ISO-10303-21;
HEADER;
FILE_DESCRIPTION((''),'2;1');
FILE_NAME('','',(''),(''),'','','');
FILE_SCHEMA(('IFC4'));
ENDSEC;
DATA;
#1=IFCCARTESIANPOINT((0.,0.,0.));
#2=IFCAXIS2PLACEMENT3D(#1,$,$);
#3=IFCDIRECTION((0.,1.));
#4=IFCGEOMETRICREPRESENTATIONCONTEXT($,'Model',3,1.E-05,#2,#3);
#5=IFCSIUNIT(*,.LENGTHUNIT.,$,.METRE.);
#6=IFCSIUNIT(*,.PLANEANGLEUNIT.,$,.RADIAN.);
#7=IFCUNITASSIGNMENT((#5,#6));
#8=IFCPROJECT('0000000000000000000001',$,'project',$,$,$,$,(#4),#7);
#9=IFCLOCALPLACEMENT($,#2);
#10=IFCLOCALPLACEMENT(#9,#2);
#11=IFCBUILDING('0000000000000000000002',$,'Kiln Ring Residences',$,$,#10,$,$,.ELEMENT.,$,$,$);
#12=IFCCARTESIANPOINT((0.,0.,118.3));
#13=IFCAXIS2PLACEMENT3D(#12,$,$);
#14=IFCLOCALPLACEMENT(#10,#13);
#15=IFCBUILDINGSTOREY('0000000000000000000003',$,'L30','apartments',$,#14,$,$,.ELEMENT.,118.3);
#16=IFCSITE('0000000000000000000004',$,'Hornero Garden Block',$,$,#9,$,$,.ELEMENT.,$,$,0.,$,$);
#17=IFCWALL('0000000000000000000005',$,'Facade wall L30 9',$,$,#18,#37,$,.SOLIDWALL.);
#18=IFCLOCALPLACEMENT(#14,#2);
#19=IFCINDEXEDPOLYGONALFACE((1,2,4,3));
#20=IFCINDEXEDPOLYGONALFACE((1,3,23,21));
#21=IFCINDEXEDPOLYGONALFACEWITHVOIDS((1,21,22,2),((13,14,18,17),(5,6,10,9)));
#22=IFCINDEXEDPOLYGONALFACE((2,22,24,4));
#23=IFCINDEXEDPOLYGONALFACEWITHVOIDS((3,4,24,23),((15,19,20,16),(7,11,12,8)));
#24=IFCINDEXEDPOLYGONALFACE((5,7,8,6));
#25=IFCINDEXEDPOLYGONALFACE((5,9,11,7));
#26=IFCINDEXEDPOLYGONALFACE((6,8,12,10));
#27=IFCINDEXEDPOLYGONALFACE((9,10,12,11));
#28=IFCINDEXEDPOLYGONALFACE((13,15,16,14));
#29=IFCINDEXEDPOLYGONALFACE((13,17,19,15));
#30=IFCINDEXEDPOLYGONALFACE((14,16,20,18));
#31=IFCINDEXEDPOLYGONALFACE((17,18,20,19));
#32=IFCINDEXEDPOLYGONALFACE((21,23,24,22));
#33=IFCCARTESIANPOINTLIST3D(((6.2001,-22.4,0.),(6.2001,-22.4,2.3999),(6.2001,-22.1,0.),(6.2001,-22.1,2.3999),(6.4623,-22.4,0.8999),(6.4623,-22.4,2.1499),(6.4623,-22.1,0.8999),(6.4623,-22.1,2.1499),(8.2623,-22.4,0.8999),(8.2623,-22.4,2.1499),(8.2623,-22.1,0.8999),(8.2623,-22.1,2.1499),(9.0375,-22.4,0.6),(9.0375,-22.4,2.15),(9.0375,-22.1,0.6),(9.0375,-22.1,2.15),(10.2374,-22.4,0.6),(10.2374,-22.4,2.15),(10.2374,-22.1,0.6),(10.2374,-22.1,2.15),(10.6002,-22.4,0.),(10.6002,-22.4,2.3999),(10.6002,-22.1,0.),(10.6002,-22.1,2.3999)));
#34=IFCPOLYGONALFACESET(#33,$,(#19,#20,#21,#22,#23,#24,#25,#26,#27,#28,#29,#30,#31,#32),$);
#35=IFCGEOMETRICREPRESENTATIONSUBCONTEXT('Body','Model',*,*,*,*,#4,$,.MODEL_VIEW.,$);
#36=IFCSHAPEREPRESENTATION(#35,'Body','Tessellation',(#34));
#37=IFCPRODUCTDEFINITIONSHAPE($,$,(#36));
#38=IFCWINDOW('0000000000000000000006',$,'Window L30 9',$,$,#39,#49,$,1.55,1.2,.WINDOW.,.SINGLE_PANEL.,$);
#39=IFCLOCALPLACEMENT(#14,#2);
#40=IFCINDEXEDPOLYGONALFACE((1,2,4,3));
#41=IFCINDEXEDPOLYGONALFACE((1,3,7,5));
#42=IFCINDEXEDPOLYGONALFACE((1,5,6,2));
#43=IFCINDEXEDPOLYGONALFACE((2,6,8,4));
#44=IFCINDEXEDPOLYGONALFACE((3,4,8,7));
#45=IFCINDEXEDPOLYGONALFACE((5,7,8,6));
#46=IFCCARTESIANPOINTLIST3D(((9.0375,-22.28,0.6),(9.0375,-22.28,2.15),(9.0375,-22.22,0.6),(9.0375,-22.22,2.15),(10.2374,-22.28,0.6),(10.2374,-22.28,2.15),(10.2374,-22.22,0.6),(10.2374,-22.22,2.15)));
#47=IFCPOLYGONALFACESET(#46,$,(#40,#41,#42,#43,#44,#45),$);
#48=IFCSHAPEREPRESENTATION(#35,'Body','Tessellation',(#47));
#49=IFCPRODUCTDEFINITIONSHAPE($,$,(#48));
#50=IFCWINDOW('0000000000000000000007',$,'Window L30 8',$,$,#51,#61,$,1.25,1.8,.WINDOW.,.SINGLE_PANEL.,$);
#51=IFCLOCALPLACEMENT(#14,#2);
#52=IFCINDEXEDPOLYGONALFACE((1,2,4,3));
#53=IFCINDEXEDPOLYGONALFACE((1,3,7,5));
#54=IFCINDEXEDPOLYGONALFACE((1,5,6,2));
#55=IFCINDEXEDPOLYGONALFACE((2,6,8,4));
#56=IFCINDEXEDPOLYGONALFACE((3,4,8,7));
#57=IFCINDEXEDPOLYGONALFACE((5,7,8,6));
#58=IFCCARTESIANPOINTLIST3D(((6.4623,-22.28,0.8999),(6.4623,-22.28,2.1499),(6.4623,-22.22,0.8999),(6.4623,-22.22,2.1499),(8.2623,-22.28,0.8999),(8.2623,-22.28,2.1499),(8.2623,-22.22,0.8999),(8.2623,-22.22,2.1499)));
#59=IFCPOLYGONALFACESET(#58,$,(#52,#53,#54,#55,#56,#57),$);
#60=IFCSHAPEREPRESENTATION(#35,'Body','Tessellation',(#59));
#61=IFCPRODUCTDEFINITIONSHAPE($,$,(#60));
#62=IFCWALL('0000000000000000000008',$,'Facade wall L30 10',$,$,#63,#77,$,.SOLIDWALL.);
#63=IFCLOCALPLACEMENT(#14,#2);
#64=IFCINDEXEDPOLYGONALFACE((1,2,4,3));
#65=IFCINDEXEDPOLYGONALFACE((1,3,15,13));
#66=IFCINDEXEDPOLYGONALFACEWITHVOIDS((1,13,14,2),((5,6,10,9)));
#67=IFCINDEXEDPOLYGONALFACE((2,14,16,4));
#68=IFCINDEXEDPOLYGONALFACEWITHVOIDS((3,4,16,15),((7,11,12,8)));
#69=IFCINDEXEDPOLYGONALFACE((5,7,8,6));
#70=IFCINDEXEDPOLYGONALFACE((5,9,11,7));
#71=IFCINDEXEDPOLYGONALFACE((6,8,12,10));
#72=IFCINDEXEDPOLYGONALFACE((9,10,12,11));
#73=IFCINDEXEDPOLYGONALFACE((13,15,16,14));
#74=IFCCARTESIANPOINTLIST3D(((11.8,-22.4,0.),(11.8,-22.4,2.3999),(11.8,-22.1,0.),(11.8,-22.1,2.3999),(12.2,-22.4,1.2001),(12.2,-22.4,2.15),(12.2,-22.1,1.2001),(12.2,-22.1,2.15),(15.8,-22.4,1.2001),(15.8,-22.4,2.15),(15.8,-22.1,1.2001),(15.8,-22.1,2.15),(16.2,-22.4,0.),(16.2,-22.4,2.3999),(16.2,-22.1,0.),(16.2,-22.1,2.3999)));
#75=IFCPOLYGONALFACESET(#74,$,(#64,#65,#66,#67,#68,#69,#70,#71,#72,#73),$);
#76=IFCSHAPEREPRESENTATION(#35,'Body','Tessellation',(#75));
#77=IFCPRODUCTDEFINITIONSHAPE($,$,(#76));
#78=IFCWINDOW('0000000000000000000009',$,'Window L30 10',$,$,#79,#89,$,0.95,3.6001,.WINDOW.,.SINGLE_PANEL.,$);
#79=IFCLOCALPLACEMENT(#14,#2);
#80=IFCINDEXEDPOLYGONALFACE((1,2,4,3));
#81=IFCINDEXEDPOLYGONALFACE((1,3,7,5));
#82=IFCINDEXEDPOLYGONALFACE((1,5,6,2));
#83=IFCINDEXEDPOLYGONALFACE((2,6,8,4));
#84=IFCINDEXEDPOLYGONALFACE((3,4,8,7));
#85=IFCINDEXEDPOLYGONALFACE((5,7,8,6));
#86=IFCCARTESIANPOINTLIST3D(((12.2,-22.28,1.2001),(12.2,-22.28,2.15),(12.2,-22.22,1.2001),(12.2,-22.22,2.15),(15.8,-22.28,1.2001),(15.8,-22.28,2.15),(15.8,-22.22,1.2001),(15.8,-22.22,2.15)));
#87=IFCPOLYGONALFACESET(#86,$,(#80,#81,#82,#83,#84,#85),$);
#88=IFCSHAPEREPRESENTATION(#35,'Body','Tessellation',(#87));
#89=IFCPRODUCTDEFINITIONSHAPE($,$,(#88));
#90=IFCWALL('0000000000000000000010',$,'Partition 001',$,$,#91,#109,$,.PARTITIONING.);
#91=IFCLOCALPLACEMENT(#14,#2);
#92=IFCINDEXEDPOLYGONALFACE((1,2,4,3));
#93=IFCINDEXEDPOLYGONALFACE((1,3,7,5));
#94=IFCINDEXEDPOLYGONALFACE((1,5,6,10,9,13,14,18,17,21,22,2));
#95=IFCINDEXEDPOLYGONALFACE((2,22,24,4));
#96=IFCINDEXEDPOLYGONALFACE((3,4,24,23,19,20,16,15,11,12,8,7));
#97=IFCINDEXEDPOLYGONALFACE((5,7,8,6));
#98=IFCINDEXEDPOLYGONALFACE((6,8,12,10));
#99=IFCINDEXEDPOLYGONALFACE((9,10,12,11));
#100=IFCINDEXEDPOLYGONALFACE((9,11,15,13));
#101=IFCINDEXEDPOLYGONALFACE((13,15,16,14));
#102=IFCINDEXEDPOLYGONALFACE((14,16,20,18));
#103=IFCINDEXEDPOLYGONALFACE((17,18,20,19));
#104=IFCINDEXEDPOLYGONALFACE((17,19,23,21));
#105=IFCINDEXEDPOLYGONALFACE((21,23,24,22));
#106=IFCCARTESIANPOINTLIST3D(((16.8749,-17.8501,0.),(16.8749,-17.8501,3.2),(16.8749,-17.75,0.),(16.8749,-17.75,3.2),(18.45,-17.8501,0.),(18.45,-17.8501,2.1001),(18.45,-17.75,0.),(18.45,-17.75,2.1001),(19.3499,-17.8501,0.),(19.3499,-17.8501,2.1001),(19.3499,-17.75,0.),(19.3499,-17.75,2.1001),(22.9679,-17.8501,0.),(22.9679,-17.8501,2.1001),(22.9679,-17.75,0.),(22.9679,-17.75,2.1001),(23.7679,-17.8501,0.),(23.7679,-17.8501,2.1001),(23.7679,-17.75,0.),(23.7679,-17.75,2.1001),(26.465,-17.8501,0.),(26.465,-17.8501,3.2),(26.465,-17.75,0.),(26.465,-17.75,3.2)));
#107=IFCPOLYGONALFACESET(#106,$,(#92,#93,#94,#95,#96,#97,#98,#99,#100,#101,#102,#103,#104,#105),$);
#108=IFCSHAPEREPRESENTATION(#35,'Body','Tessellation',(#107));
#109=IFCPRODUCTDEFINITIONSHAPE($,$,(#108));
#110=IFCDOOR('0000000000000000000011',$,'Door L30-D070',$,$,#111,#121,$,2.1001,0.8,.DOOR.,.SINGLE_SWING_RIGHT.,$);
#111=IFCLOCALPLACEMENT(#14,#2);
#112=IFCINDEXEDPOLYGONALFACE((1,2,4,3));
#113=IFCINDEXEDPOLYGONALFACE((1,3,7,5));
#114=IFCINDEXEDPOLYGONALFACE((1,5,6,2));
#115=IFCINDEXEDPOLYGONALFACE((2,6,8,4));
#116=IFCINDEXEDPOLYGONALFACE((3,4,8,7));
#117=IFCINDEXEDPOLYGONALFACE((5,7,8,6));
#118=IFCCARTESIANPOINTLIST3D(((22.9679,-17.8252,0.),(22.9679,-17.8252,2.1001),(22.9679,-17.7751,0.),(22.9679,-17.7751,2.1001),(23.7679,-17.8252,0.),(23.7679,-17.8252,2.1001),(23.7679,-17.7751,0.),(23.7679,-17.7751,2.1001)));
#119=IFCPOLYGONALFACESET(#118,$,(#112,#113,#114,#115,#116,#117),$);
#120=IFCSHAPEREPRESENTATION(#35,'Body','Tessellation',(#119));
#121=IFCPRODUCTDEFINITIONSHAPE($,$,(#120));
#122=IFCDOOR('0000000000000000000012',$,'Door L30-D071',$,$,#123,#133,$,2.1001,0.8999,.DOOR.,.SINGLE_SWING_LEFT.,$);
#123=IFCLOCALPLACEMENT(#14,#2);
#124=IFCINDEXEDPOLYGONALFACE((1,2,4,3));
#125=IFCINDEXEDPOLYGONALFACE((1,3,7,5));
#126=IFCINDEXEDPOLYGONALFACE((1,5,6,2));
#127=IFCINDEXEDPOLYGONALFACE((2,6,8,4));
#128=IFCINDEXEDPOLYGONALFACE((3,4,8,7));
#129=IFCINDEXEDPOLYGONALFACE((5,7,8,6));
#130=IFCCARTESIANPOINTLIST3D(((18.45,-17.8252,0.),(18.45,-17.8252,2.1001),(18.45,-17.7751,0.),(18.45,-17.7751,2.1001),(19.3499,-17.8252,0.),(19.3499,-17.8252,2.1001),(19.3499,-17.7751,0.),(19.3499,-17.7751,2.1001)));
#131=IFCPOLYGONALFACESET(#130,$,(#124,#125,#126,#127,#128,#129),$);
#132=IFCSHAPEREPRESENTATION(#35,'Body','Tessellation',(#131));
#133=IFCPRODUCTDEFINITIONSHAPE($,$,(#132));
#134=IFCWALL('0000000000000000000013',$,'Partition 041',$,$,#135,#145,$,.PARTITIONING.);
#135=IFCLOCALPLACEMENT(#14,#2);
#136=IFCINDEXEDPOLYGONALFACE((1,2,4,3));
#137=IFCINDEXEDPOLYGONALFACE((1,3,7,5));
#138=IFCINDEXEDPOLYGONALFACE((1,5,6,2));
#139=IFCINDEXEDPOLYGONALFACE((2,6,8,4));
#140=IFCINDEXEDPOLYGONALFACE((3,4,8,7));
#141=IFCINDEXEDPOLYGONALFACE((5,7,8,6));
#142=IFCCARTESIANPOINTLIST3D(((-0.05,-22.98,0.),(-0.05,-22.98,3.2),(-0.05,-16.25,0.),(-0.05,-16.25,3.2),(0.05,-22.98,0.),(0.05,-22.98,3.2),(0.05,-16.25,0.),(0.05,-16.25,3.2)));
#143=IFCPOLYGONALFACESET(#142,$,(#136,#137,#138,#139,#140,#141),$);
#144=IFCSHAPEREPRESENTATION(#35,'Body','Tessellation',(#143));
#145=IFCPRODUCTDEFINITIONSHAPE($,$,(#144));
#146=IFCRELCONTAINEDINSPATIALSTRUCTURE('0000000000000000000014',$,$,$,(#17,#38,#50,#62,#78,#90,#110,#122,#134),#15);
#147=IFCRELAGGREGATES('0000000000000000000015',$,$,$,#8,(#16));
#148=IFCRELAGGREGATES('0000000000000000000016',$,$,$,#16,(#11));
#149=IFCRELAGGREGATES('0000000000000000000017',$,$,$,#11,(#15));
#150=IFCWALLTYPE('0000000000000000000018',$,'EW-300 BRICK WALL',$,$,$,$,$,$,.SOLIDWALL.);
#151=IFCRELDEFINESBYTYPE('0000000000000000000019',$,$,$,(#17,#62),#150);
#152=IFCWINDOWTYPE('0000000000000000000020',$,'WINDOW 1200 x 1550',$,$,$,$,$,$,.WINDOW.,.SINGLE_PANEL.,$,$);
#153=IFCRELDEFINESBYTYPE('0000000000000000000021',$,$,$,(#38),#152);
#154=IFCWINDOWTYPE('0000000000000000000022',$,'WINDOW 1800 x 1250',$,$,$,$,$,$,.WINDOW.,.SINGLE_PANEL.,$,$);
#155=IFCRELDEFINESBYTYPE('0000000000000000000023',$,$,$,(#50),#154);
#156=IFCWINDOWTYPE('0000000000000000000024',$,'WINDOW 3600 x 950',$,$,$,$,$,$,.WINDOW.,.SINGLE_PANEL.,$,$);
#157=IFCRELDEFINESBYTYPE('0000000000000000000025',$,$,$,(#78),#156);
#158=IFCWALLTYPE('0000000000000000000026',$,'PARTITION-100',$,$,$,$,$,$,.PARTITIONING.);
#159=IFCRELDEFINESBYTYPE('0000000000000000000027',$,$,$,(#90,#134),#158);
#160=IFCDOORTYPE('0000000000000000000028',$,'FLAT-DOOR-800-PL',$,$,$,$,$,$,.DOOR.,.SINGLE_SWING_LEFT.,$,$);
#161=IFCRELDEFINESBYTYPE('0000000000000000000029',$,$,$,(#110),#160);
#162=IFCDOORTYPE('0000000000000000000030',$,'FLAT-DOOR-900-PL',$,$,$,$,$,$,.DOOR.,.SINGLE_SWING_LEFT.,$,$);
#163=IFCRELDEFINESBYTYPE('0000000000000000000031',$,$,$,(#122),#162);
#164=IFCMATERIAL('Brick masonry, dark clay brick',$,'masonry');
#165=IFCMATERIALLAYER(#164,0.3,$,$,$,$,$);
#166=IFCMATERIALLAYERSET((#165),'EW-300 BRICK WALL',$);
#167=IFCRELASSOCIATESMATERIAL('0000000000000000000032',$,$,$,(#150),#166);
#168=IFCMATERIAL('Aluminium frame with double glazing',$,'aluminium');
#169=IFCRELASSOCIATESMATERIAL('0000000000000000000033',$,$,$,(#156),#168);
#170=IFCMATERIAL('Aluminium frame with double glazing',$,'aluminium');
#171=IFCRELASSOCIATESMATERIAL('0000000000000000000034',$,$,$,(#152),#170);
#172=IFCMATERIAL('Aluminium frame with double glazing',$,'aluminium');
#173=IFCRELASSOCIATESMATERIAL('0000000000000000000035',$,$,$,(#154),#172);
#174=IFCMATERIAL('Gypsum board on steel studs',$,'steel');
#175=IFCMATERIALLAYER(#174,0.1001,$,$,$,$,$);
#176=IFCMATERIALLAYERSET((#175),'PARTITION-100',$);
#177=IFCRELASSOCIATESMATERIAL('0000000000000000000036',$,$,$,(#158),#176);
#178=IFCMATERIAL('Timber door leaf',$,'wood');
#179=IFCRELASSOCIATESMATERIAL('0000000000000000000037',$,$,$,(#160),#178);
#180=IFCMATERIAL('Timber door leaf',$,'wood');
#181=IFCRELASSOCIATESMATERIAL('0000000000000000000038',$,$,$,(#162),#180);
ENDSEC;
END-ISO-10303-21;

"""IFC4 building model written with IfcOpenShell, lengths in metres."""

from ifc_helpers import new_model, si_unit, direction, frame, frame_2d, origin, place, context, subcontext, project, spatial, rectangle, extrude, material, layer, layer_set, type_object, element, fill, save


model = new_model("IFC4")

# Units and contexts
model_context = context("Model", 3, precision=1e-05, world=origin(), true_north=direction((0.0, 1.0)))
body_context = subcontext(model_context, "Body", "Model", "MODEL_VIEW")
ifc_project = project(units=[si_unit("LENGTHUNIT", "METRE"), si_unit("PLANEANGLEUNIT", "RADIAN")], contexts=[model_context])

# Site, building, storey
site_placement = place(None, origin())
site = spatial("IfcSite", under=ifc_project, at=site_placement, Name="Hornero Garden Block", CompositionType="ELEMENT", RefElevation=0.0)
building_placement = place(site_placement, origin())
building = spatial("IfcBuilding", under=site, at=building_placement, Name="Kiln Ring Residences", CompositionType="ELEMENT")
storey_placement = place(building_placement, frame((0.0, 0.0, 118.3)))
storey = spatial("IfcBuildingStorey", under=building, at=storey_placement, Name="L30", Description="apartments", CompositionType="ELEMENT", Elevation=118.3)

# Shared definitions
ifc_material_1 = material(Name="Brick masonry, dark clay brick", Category="masonry")
ifc_layer_1 = layer(ifc_material_1, 0.3)
ifc_layer_set_1 = layer_set([ifc_layer_1], Name="EW-300 BRICK WALL")
wall_type_1 = type_object("IfcWallType", Name="EW-300 BRICK WALL", PredefinedType="SOLIDWALL", material=ifc_layer_set_1)
ifc_material_2 = material(Name="Aluminium frame with double glazing", Category="aluminium")
window_type_1 = type_object("IfcWindowType", Name="WINDOW 3600 x 950", PartitioningType="SINGLE_PANEL", PredefinedType="WINDOW", material=ifc_material_2)

# Wall, openings, windows
wall_1_placement = place(storey_placement, frame((6.2, -22.25, 0.0), z_axis=(0.0, 0.0, 1.0), x_axis=(1.0, 0.0, 0.0)))
wall_1 = element("IfcWall", 1, at=wall_1_placement, inside=storey, type_object=wall_type_1, Name="Facade wall L30 9", PredefinedType="SOLIDWALL", context=body_context, shape_type="SweptSolid", body=[
    extrude(rectangle(XDim=4.4001, YDim=0.3, at=frame_2d((2.2002, 0.0))), origin(), (0.0, 0.0, 1.0), 2.3999),
])
opening_1_placement = place(wall_1_placement, frame((0.2625, 0.0, 0.8999)))
opening_1 = element("IfcOpeningElement", 2, at=opening_1_placement, cuts=wall_1, PredefinedType="OPENING", context=body_context, shape_type="SweptSolid", body=[
    extrude(rectangle(XDim=1.8, YDim=1.25, at=frame_2d((0.8999, 0.625))), frame((0.0, 0.1599, 0.0), z_axis=(0.0, -1.0, 0.0), x_axis=(1.0, 0.0, 0.0)), (0.0, 0.0, 1.0), 0.3201),
])
opening_2_placement = place(wall_1_placement, frame((2.8374, 0.0, 0.6001)))
opening_2 = element("IfcOpeningElement", 3, at=opening_2_placement, cuts=wall_1, PredefinedType="OPENING", context=body_context, shape_type="SweptSolid", body=[
    extrude(rectangle(XDim=1.2, YDim=1.55, at=frame_2d((0.6001, 0.7749))), frame((0.0, 0.1599, 0.0), z_axis=(0.0, -1.0, 0.0), x_axis=(1.0, 0.0, 0.0)), (0.0, 0.0, 1.0), 0.3201),
])
ifc_material_3 = material(Name="Aluminium frame with double glazing", Category="aluminium")
window_type_2 = type_object("IfcWindowType", Name="WINDOW 1200 x 1550", PartitioningType="SINGLE_PANEL", PredefinedType="WINDOW", material=ifc_material_3)
window_1_placement = place(opening_2_placement, origin())
window_1 = element("IfcWindow", 4, at=window_1_placement, inside=storey, type_object=window_type_2, Name="Window L30 9", OverallHeight=1.55, OverallWidth=1.2, PartitioningType="SINGLE_PANEL", PredefinedType="WINDOW", context=body_context, shape_type="SweptSolid", body=[
    extrude(rectangle(XDim=1.2, YDim=1.55, at=frame_2d((0.6001, 0.7749))), frame((0.0, 0.03, 0.0), z_axis=(0.0, -1.0, 0.0), x_axis=(1.0, 0.0, 0.0)), (0.0, 0.0, 1.0), 0.0601),
])
fill(opening_2, window_1)
ifc_material_4 = material(Name="Aluminium frame with double glazing", Category="aluminium")
window_type_3 = type_object("IfcWindowType", Name="WINDOW 1800 x 1250", PartitioningType="SINGLE_PANEL", PredefinedType="WINDOW", material=ifc_material_4)
window_2_placement = place(opening_1_placement, origin())
window_2 = element("IfcWindow", 5, at=window_2_placement, inside=storey, type_object=window_type_3, Name="Window L30 8", OverallHeight=1.25, OverallWidth=1.8, PartitioningType="SINGLE_PANEL", PredefinedType="WINDOW", context=body_context, shape_type="SweptSolid", body=[
    extrude(rectangle(XDim=1.8, YDim=1.25, at=frame_2d((0.8999, 0.625))), frame((0.0, 0.03, 0.0), z_axis=(0.0, -1.0, 0.0), x_axis=(1.0, 0.0, 0.0)), (0.0, 0.0, 1.0), 0.0601),
])
fill(opening_1, window_2)

# Wall, opening, window
wall_2_placement = place(storey_placement, frame((11.8, -22.25, 0.0), z_axis=(0.0, 0.0, 1.0), x_axis=(1.0, 0.0, 0.0)))
wall_2 = element("IfcWall", 6, at=wall_2_placement, inside=storey, type_object=wall_type_1, Name="Facade wall L30 10", PredefinedType="SOLIDWALL", context=body_context, shape_type="SweptSolid", body=[
    extrude(rectangle(XDim=4.3999, YDim=0.3, at=frame_2d((2.2, 0.0))), origin(), (0.0, 0.0, 1.0), 2.3999),
])
opening_3_placement = place(wall_2_placement, frame((0.3999, 0.0, 1.2)))
opening_3 = element("IfcOpeningElement", 7, at=opening_3_placement, cuts=wall_2, PredefinedType="OPENING", context=body_context, shape_type="SweptSolid", body=[
    extrude(rectangle(XDim=3.6001, YDim=0.95, at=frame_2d((1.8, 0.4751))), frame((0.0, 0.1599, 0.0), z_axis=(0.0, -1.0, 0.0), x_axis=(1.0, 0.0, 0.0)), (0.0, 0.0, 1.0), 0.3201),
])
window_3_placement = place(opening_3_placement, origin())
window_3 = element("IfcWindow", 8, at=window_3_placement, inside=storey, type_object=window_type_1, Name="Window L30 10", OverallHeight=0.95, OverallWidth=3.6001, PartitioningType="SINGLE_PANEL", PredefinedType="WINDOW", context=body_context, shape_type="SweptSolid", body=[
    extrude(rectangle(XDim=3.6001, YDim=0.95, at=frame_2d((1.8, 0.4751))), frame((0.0, 0.03, 0.0), z_axis=(0.0, -1.0, 0.0), x_axis=(1.0, 0.0, 0.0)), (0.0, 0.0, 1.0), 0.0601),
])
fill(opening_3, window_3)

# Wall, openings, doors
ifc_material_5 = material(Name="Gypsum board on steel studs", Category="steel")
ifc_layer_2 = layer(ifc_material_5, 0.1001)
ifc_layer_set_2 = layer_set([ifc_layer_2], Name="PARTITION-100")
wall_type_2 = type_object("IfcWallType", Name="PARTITION-100", PredefinedType="PARTITIONING", material=ifc_layer_set_2)
wall_3_placement = place(storey_placement, frame((16.875, -17.8, 0.0), z_axis=(0.0, 0.0, 1.0), x_axis=(1.0, 0.0, 0.0)))
wall_3 = element("IfcWall", 9, at=wall_3_placement, inside=storey, type_object=wall_type_2, Name="Partition 001", PredefinedType="PARTITIONING", context=body_context, shape_type="SweptSolid", body=[
    extrude(rectangle(XDim=9.5901, YDim=0.1001, at=frame_2d((4.7949, 0.0))), origin(), (0.0, 0.0, 1.0), 3.2),
])
opening_4_placement = place(wall_3_placement, frame((6.093, 0.0, 0.0)))
opening_4 = element("IfcOpeningElement", 10, at=opening_4_placement, cuts=wall_3, PredefinedType="OPENING", context=body_context, shape_type="SweptSolid", body=[
    extrude(rectangle(XDim=0.8, YDim=2.1001, at=frame_2d((0.3999, 1.05))), frame((0.0, 0.0601, 0.0), z_axis=(0.0, -1.0, 0.0), x_axis=(1.0, 0.0, 0.0)), (0.0, 0.0, 1.0), 0.1201),
])
opening_5_placement = place(wall_3_placement, frame((1.575, 0.0, 0.0)))
opening_5 = element("IfcOpeningElement", 11, at=opening_5_placement, cuts=wall_3, PredefinedType="OPENING", context=body_context, shape_type="SweptSolid", body=[
    extrude(rectangle(XDim=0.8999, YDim=2.1001, at=frame_2d((0.45, 1.05))), frame((0.0, 0.0601, 0.0), z_axis=(0.0, -1.0, 0.0), x_axis=(1.0, 0.0, 0.0)), (0.0, 0.0, 1.0), 0.1201),
])
ifc_material_6 = material(Name="Timber door leaf", Category="wood")
door_type_1 = type_object("IfcDoorType", Name="FLAT-DOOR-800-PL", OperationType="SINGLE_SWING_LEFT", PredefinedType="DOOR", material=ifc_material_6)
door_1_placement = place(opening_4_placement, origin())
door_1 = element("IfcDoor", 12, at=door_1_placement, inside=storey, type_object=door_type_1, Name="Door L30-D070", OperationType="SINGLE_SWING_RIGHT", OverallHeight=2.1001, OverallWidth=0.8, PredefinedType="DOOR", context=body_context, shape_type="SweptSolid", body=[
    extrude(rectangle(XDim=0.8, YDim=2.1001, at=frame_2d((0.3999, 1.05))), frame((0.0, 0.0249, 0.0), z_axis=(0.0, -1.0, 0.0), x_axis=(1.0, 0.0, 0.0)), (0.0, 0.0, 1.0), 0.05),
])
fill(opening_4, door_1)
ifc_material_7 = material(Name="Timber door leaf", Category="wood")
door_type_2 = type_object("IfcDoorType", Name="FLAT-DOOR-900-PL", OperationType="SINGLE_SWING_LEFT", PredefinedType="DOOR", material=ifc_material_7)
door_2_placement = place(opening_5_placement, origin())
door_2 = element("IfcDoor", 13, at=door_2_placement, inside=storey, type_object=door_type_2, Name="Door L30-D071", OperationType="SINGLE_SWING_LEFT", OverallHeight=2.1001, OverallWidth=0.8999, PredefinedType="DOOR", context=body_context, shape_type="SweptSolid", body=[
    extrude(rectangle(XDim=0.8999, YDim=2.1001, at=frame_2d((0.45, 1.05))), frame((0.0, 0.0249, 0.0), z_axis=(0.0, -1.0, 0.0), x_axis=(1.0, 0.0, 0.0)), (0.0, 0.0, 1.0), 0.05),
])
fill(opening_5, door_2)

# Wall
wall_4_placement = place(storey_placement, frame((0.0, -22.98, 0.0), z_axis=(0.0, 0.0, 1.0), x_axis=(0.0, 1.0, 0.0)))
element("IfcWall", 14, at=wall_4_placement, inside=storey, type_object=wall_type_2, Name="Partition 041", PredefinedType="PARTITIONING", context=body_context, shape_type="SweptSolid", body=[
    extrude(rectangle(XDim=6.73, YDim=0.1001, at=frame_2d((3.365, 0.0))), origin(), (0.0, 0.0, 1.0), 3.2),
])

save(model, "model.ifc")
